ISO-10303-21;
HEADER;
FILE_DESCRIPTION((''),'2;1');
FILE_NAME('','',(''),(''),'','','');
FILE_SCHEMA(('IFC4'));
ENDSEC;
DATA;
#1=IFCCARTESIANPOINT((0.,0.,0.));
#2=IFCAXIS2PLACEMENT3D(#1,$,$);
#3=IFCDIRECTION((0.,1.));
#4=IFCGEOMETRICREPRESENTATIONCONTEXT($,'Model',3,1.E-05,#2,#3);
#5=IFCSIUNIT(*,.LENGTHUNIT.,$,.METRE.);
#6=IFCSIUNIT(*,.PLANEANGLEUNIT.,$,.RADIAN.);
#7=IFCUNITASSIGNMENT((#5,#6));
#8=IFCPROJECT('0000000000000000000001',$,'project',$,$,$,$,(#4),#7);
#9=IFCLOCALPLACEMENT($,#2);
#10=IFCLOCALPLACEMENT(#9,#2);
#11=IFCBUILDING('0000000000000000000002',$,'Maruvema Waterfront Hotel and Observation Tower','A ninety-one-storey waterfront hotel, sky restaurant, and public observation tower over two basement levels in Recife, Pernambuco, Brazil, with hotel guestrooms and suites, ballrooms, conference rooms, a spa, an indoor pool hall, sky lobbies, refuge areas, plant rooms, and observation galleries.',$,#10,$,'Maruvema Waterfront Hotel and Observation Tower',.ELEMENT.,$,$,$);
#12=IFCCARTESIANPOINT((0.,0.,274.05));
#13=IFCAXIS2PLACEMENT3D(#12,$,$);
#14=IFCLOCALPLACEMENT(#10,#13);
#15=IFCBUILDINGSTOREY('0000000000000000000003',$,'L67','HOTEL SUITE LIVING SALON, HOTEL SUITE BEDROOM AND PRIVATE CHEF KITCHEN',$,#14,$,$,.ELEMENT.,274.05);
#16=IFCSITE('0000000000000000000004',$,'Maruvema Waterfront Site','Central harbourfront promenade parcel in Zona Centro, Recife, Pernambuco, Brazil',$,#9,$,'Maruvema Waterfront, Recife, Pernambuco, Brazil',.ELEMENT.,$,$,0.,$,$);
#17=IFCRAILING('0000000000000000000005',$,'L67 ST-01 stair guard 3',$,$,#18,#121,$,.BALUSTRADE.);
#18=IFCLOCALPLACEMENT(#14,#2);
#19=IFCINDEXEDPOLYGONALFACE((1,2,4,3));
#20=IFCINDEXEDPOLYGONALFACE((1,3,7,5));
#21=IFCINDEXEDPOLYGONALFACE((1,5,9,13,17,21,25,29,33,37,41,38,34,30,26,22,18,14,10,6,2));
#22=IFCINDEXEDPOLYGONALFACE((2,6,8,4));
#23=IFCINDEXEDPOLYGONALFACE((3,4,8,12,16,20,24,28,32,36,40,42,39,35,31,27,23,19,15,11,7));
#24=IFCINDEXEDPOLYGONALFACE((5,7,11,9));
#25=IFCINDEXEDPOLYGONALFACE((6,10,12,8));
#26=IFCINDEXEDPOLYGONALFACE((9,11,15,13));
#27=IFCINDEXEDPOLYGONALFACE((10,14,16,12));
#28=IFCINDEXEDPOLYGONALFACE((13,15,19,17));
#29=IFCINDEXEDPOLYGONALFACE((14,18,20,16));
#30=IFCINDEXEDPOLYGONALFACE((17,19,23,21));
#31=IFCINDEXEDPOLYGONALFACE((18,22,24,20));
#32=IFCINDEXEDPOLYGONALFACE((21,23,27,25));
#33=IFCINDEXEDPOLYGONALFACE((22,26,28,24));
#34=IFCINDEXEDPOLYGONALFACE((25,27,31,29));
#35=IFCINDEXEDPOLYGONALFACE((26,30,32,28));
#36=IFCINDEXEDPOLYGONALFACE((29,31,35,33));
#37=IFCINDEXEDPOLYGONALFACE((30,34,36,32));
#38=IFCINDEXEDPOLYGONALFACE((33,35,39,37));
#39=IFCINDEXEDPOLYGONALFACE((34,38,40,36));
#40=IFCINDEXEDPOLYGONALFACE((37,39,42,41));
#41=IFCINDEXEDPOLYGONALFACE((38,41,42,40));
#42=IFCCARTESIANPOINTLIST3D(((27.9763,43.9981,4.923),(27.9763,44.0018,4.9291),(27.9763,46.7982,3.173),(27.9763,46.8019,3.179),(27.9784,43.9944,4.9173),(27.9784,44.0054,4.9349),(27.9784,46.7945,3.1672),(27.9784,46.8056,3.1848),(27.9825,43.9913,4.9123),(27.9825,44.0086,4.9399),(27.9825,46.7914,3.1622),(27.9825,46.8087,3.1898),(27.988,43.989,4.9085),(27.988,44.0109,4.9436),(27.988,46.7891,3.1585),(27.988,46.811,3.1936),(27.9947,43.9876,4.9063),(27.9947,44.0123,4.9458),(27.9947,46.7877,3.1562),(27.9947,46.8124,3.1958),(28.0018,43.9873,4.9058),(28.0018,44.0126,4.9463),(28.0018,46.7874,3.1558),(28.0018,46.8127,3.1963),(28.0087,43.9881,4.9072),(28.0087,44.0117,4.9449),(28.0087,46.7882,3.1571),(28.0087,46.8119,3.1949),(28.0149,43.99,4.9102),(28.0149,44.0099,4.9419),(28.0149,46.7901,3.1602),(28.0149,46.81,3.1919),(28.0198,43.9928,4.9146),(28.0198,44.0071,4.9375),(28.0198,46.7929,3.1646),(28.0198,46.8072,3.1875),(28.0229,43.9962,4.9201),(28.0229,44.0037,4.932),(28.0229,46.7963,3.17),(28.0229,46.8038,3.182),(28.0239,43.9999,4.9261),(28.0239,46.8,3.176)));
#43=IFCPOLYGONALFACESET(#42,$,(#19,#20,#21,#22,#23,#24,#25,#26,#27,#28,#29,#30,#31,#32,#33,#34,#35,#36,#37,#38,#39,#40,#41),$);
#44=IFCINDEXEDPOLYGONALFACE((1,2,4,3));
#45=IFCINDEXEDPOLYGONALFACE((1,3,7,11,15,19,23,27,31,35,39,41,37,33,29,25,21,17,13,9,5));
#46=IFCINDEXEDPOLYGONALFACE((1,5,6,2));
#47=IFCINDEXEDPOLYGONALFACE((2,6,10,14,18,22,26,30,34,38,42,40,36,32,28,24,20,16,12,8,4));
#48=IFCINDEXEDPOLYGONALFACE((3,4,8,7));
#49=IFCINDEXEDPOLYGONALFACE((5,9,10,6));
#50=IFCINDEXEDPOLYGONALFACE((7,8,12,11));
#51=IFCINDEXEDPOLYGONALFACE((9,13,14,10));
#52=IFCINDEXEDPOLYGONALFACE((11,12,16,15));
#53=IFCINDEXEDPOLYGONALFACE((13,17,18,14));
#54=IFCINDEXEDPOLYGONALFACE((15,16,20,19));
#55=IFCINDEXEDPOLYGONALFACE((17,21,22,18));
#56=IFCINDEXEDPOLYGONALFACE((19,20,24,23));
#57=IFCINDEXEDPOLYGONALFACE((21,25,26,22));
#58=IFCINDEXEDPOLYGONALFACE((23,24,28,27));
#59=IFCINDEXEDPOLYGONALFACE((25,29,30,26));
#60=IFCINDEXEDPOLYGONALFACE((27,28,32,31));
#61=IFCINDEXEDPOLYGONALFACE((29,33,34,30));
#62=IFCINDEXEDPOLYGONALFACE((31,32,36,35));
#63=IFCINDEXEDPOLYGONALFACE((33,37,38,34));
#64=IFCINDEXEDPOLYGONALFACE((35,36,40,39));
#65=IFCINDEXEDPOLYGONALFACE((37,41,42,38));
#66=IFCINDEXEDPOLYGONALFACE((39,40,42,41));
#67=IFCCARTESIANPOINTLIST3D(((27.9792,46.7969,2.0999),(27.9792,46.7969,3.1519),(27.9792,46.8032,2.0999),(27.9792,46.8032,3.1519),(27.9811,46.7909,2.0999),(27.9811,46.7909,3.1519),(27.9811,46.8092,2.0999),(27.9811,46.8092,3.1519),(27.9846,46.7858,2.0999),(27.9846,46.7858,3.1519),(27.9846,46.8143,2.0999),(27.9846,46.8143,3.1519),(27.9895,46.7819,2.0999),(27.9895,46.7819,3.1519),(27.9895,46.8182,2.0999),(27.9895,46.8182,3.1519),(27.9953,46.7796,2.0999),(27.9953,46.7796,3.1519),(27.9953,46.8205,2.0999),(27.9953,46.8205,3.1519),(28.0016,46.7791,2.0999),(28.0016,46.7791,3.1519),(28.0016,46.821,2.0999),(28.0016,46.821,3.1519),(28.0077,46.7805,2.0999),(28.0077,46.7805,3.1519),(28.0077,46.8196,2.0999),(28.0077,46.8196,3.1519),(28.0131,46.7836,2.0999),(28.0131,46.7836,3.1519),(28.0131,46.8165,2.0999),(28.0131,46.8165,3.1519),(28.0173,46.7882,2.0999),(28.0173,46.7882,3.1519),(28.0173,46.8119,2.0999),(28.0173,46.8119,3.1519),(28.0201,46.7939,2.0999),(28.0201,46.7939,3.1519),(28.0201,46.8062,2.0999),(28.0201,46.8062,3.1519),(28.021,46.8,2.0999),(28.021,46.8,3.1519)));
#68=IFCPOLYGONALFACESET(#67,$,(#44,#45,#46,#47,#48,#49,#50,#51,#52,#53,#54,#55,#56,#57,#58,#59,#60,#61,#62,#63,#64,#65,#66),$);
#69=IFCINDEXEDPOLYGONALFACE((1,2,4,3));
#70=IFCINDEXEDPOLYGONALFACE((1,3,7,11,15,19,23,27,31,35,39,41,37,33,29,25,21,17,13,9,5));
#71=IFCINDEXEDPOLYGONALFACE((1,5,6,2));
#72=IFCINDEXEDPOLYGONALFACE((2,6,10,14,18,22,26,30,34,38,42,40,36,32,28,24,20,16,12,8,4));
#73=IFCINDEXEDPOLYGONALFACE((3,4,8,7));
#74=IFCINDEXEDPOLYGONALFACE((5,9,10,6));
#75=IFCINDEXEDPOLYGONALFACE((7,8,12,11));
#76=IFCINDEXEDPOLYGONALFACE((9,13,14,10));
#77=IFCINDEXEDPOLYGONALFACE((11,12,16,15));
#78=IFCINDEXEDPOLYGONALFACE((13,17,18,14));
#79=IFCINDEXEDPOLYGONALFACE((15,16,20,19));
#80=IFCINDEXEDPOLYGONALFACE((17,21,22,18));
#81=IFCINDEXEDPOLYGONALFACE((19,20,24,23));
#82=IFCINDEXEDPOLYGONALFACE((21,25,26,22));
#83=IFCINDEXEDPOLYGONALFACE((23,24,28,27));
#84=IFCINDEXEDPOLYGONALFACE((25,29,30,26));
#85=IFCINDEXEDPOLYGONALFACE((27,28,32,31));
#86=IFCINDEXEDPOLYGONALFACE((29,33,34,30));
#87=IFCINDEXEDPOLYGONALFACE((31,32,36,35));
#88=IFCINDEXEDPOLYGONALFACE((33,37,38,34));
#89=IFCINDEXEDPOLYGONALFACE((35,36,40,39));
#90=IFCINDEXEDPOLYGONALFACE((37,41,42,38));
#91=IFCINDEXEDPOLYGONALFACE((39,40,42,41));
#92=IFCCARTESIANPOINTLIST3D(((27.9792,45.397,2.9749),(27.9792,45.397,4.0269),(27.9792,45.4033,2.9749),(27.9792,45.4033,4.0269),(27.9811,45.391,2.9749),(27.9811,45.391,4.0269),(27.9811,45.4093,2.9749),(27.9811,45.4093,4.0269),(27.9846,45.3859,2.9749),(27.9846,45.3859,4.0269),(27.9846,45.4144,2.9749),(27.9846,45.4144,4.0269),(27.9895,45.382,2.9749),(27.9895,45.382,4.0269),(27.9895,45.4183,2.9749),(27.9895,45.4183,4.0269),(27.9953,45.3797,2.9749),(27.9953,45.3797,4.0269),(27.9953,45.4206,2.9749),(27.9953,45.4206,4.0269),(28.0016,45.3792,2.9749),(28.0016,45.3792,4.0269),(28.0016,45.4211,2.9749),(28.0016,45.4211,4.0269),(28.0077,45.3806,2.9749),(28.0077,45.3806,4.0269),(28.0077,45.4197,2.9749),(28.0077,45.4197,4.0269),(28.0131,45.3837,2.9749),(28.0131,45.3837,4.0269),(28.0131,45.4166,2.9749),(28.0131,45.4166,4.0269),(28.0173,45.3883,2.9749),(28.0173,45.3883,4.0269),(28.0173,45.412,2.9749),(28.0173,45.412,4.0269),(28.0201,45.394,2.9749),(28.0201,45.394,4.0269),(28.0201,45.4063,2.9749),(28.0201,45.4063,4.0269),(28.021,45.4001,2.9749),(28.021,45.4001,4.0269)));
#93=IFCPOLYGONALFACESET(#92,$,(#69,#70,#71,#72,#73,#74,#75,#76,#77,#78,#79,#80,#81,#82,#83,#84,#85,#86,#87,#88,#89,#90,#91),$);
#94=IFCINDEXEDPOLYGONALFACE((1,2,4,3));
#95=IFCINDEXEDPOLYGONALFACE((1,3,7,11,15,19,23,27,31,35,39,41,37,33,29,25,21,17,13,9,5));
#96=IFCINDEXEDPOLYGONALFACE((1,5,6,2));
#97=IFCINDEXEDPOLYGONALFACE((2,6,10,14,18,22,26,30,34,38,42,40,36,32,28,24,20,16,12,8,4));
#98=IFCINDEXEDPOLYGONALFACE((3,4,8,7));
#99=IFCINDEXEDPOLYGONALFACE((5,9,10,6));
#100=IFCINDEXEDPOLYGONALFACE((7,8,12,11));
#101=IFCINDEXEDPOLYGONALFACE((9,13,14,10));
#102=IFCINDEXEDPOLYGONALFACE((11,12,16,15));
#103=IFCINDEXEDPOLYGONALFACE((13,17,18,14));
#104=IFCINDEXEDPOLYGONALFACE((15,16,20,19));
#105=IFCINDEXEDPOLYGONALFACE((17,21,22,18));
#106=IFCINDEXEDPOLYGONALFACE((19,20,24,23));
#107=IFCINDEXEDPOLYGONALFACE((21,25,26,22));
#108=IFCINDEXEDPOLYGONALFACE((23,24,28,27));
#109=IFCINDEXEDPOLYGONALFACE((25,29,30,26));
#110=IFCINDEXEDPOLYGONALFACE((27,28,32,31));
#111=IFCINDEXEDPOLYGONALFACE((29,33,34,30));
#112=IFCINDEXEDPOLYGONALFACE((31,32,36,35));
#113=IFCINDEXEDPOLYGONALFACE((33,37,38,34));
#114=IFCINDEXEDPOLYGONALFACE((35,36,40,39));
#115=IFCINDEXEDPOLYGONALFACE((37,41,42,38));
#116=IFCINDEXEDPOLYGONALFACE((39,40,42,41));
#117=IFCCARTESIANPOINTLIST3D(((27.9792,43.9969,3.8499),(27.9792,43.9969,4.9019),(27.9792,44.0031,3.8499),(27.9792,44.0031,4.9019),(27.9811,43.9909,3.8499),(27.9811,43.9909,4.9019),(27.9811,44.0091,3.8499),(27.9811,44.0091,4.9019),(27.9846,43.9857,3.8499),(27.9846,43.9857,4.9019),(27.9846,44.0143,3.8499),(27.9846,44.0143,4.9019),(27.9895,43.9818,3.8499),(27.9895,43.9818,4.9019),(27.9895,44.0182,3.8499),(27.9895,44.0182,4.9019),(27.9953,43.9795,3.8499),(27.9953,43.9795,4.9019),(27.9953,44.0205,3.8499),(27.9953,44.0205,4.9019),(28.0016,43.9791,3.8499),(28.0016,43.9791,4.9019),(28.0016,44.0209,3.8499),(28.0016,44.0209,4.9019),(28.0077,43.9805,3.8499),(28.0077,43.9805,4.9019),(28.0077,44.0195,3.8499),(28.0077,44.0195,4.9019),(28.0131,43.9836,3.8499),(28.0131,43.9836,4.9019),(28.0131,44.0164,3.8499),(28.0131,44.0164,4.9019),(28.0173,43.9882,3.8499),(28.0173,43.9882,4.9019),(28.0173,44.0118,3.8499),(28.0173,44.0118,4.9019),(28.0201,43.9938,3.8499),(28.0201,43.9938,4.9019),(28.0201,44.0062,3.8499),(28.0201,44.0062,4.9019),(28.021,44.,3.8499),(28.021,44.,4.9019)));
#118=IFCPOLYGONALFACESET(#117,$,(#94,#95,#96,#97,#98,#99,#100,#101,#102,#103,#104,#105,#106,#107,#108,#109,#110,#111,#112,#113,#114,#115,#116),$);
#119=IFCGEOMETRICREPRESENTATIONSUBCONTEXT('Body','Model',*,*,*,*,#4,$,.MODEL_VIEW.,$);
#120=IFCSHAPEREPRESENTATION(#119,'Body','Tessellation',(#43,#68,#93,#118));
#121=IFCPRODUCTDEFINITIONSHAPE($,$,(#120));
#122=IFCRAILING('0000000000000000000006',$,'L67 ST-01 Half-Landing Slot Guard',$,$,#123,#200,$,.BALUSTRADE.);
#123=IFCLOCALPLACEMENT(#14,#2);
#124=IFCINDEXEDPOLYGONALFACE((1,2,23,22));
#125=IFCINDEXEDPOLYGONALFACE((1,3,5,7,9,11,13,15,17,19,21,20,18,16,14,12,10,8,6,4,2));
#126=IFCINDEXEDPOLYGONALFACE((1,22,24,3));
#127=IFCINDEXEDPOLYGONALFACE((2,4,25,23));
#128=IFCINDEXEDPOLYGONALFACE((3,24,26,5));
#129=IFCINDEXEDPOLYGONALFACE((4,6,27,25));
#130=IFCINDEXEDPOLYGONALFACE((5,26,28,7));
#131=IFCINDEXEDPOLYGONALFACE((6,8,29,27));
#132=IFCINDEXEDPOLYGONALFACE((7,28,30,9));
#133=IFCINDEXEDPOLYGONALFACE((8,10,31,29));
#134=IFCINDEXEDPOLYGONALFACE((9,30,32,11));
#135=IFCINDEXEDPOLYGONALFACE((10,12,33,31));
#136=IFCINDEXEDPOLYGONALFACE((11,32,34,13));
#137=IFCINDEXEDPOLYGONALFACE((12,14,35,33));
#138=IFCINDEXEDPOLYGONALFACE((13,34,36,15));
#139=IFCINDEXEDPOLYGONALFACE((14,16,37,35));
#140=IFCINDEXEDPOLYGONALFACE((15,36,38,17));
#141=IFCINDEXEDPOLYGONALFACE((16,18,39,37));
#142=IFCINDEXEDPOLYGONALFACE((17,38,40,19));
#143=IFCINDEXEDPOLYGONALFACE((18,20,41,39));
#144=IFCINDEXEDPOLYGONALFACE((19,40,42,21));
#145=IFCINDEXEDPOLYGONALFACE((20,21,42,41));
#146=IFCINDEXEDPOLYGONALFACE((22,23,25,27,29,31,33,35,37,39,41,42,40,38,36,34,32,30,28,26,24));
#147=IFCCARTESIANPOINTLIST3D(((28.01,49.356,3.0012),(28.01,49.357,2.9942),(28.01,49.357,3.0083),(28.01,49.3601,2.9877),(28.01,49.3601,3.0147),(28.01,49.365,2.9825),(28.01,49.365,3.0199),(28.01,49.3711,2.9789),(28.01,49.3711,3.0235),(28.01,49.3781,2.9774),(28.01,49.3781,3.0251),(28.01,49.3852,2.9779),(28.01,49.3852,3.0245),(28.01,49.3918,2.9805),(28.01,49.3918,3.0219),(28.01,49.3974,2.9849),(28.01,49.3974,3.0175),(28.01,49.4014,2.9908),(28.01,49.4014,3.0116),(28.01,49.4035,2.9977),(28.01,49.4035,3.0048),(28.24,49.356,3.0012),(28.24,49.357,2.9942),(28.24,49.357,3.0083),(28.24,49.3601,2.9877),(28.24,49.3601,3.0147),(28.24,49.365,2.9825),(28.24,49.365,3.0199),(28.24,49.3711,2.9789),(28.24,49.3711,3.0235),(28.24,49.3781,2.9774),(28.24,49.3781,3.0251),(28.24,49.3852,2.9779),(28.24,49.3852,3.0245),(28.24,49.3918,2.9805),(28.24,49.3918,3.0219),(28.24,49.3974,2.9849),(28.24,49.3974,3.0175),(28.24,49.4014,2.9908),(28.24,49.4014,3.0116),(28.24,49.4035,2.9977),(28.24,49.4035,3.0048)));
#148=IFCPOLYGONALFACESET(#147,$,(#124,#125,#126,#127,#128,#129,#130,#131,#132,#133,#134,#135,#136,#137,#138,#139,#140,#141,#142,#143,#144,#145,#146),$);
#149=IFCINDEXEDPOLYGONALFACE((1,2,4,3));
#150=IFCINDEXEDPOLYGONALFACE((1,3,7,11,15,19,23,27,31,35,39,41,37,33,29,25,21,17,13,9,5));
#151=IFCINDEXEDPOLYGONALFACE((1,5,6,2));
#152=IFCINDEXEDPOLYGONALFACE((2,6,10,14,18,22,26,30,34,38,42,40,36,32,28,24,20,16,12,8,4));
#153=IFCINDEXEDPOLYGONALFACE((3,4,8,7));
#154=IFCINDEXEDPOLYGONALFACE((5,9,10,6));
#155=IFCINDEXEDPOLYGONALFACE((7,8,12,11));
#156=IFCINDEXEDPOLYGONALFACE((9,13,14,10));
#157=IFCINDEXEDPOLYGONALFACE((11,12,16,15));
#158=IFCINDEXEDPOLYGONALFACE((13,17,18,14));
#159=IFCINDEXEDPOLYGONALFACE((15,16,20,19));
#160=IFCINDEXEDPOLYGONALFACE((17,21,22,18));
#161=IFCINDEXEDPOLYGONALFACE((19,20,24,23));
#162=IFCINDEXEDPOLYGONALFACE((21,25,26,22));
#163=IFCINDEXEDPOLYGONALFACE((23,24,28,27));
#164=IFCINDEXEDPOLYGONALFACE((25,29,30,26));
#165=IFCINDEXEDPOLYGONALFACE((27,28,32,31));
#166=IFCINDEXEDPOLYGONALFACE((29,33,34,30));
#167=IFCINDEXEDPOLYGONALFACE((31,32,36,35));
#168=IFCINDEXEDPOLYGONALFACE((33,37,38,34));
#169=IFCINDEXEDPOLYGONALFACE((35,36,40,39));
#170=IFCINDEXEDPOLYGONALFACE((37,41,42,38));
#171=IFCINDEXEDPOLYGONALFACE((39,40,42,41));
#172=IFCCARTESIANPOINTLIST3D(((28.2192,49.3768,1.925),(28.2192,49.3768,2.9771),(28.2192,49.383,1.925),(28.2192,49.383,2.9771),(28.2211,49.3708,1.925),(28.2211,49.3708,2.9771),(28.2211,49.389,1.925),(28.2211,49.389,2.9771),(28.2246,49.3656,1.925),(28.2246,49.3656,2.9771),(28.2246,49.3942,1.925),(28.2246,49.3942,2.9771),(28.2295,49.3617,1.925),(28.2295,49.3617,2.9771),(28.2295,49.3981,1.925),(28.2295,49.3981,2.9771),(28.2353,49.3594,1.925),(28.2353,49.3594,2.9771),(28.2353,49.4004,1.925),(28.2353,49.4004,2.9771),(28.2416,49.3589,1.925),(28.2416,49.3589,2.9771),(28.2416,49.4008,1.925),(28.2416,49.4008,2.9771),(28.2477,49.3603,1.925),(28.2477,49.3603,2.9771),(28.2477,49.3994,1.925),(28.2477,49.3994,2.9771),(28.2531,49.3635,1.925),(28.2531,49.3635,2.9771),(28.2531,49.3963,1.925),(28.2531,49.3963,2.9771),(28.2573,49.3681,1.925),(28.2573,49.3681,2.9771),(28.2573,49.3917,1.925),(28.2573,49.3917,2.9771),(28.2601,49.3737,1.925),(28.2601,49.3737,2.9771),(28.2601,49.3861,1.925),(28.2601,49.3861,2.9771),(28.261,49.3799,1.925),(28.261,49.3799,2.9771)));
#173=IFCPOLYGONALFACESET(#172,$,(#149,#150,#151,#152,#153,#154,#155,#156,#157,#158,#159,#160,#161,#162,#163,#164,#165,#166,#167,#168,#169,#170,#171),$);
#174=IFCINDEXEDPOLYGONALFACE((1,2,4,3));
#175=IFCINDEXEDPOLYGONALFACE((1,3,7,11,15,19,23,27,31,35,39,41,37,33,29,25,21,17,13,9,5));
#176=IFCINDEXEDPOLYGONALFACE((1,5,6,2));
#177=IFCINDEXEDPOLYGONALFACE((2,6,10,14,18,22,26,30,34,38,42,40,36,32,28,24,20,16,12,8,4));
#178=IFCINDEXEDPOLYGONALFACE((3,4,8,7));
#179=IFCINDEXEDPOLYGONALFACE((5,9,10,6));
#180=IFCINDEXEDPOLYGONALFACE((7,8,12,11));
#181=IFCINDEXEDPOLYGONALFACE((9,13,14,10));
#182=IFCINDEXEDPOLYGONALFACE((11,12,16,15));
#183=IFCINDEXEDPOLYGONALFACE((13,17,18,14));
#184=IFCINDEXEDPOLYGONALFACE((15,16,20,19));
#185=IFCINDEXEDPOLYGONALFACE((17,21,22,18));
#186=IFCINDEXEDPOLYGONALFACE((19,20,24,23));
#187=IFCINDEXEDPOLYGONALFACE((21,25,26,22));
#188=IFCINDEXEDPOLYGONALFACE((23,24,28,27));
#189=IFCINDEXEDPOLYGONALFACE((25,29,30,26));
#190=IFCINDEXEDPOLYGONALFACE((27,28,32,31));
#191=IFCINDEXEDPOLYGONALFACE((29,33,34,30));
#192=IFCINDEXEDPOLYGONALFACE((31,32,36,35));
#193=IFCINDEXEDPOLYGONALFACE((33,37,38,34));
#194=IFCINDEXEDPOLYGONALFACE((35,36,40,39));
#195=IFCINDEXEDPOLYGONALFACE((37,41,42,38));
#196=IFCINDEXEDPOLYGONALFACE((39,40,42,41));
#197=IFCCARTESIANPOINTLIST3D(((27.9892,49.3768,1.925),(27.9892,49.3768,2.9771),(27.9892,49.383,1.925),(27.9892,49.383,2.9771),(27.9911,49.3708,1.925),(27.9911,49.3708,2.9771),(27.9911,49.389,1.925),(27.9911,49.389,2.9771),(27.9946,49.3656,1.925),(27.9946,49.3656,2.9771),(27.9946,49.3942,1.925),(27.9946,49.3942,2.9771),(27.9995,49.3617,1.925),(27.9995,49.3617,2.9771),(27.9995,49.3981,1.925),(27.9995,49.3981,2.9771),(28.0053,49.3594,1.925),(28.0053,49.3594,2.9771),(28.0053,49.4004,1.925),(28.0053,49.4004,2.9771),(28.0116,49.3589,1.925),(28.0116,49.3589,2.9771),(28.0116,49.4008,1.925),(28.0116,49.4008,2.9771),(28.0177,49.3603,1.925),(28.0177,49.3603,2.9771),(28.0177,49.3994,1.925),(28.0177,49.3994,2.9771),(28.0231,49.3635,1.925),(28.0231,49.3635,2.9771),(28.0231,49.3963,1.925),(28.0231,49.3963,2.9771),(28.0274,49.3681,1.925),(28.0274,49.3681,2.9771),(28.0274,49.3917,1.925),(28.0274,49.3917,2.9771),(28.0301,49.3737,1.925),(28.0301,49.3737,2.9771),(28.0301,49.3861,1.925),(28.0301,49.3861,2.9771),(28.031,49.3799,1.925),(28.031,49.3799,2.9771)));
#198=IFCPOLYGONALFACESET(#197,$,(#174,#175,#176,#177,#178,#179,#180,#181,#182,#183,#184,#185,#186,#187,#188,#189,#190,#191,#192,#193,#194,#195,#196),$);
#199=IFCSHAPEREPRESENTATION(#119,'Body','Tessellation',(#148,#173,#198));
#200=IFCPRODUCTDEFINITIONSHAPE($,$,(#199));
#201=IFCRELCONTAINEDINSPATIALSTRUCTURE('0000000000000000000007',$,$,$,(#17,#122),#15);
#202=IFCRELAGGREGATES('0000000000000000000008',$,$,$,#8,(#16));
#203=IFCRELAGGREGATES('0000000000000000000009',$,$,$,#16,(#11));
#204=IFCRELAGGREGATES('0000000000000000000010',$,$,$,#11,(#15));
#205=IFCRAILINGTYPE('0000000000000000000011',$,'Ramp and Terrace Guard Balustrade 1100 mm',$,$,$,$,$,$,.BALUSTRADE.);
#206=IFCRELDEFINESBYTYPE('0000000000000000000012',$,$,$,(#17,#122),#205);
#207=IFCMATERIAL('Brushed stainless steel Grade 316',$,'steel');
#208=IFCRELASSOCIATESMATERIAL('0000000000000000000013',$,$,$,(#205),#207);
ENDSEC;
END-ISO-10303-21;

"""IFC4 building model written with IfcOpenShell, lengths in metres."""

from ifc_helpers import new_model, si_unit, direction, frame, origin, origin_2d, place, context, subcontext, project, spatial, circle, extrude, material, type_object, element, save


model = new_model("IFC4")

# Units and contexts
model_context = context("Model", 3, precision=1e-05, world=origin(), true_north=direction((0.0, 1.0)))
body_context = subcontext(model_context, "Body", "Model", "MODEL_VIEW")
ifc_project = project(units=[si_unit("LENGTHUNIT", "METRE"), si_unit("PLANEANGLEUNIT", "RADIAN")], contexts=[model_context])

# Site, building, storey
site_placement = place(None, origin())
site = spatial("IfcSite", under=ifc_project, at=site_placement, Name="Maruvema Waterfront Site", Description="Central harbourfront promenade parcel in Zona Centro, Recife, Pernambuco, Brazil", LongName="Maruvema Waterfront, Recife, Pernambuco, Brazil", CompositionType="ELEMENT", RefElevation=0.0)
building_placement = place(site_placement, origin())
building = spatial("IfcBuilding", under=site, at=building_placement, Name="Maruvema Waterfront Hotel and Observation Tower", Description="A ninety-one-storey waterfront hotel, sky restaurant, and public observation tower over two basement levels in Recife, Pernambuco, Brazil, with hotel guestrooms and suites, ballrooms, conference rooms, a spa, an indoor pool hall, sky lobbies, refuge areas, plant rooms, and observation galleries.", LongName="Maruvema Waterfront Hotel and Observation Tower", CompositionType="ELEMENT")
storey_placement = place(building_placement, frame((0.0, 0.0, 274.05)))
storey = spatial("IfcBuildingStorey", under=building, at=storey_placement, Name="L67", Description="HOTEL SUITE LIVING SALON, HOTEL SUITE BEDROOM AND PRIVATE CHEF KITCHEN", CompositionType="ELEMENT", Elevation=274.05)

# Railings
ifc_material_1 = material(Name="Brushed stainless steel Grade 316", Category="steel")
railing_type_1 = type_object("IfcRailingType", Name="Ramp and Terrace Guard Balustrade 1100 mm", PredefinedType="BALUSTRADE", material=ifc_material_1)
railing_1_placement = place(storey_placement, frame((28.0, 46.8, 2.0999)))
element("IfcRailing", 1, at=railing_1_placement, inside=storey, type_object=railing_type_1, Name="L67 ST-01 stair guard 3", PredefinedType="BALUSTRADE", context=body_context, shape_type="SweptSolid", body=[
    extrude(circle(Radius=0.0239, at=origin_2d()), frame((0.0, 0.0, 1.0762), z_axis=(0.0, -0.848002, 0.529992), x_axis=(1.0, 0.0, 0.0)), (0.0, 0.0, 1.0), 3.302),
    extrude(circle(Radius=0.021, at=origin_2d()), origin(), (0.0, 0.0, 1.0), 1.052),
    extrude(circle(Radius=0.021, at=origin_2d()), frame((0.0, -1.3999, 0.875)), (0.0, 0.0, 1.0), 1.052),
    extrude(circle(Radius=0.021, at=origin_2d()), frame((0.0, -2.8, 1.75)), (0.0, 0.0, 1.0), 1.052),
])
railing_2_placement = place(storey_placement, frame((28.24, 49.3799, 1.925)))
element("IfcRailing", 2, at=railing_2_placement, inside=storey, type_object=railing_type_1, Name="L67 ST-01 Half-Landing Slot Guard", PredefinedType="BALUSTRADE", context=body_context, shape_type="SweptSolid", body=[
    extrude(circle(Radius=0.0239, at=origin_2d()), frame((0.0, 0.0, 1.0762), z_axis=(-1.0, 0.0, 0.0), x_axis=(0.0, -1.0, 0.0)), (0.0, 0.0, 1.0), 0.23),
    extrude(circle(Radius=0.021, at=origin_2d()), origin(), (0.0, 0.0, 1.0), 1.052),
    extrude(circle(Radius=0.021, at=origin_2d()), frame((-0.23, 0.0, 0.0)), (0.0, 0.0, 1.0), 1.052),
])

save(model, "model.ifc")
